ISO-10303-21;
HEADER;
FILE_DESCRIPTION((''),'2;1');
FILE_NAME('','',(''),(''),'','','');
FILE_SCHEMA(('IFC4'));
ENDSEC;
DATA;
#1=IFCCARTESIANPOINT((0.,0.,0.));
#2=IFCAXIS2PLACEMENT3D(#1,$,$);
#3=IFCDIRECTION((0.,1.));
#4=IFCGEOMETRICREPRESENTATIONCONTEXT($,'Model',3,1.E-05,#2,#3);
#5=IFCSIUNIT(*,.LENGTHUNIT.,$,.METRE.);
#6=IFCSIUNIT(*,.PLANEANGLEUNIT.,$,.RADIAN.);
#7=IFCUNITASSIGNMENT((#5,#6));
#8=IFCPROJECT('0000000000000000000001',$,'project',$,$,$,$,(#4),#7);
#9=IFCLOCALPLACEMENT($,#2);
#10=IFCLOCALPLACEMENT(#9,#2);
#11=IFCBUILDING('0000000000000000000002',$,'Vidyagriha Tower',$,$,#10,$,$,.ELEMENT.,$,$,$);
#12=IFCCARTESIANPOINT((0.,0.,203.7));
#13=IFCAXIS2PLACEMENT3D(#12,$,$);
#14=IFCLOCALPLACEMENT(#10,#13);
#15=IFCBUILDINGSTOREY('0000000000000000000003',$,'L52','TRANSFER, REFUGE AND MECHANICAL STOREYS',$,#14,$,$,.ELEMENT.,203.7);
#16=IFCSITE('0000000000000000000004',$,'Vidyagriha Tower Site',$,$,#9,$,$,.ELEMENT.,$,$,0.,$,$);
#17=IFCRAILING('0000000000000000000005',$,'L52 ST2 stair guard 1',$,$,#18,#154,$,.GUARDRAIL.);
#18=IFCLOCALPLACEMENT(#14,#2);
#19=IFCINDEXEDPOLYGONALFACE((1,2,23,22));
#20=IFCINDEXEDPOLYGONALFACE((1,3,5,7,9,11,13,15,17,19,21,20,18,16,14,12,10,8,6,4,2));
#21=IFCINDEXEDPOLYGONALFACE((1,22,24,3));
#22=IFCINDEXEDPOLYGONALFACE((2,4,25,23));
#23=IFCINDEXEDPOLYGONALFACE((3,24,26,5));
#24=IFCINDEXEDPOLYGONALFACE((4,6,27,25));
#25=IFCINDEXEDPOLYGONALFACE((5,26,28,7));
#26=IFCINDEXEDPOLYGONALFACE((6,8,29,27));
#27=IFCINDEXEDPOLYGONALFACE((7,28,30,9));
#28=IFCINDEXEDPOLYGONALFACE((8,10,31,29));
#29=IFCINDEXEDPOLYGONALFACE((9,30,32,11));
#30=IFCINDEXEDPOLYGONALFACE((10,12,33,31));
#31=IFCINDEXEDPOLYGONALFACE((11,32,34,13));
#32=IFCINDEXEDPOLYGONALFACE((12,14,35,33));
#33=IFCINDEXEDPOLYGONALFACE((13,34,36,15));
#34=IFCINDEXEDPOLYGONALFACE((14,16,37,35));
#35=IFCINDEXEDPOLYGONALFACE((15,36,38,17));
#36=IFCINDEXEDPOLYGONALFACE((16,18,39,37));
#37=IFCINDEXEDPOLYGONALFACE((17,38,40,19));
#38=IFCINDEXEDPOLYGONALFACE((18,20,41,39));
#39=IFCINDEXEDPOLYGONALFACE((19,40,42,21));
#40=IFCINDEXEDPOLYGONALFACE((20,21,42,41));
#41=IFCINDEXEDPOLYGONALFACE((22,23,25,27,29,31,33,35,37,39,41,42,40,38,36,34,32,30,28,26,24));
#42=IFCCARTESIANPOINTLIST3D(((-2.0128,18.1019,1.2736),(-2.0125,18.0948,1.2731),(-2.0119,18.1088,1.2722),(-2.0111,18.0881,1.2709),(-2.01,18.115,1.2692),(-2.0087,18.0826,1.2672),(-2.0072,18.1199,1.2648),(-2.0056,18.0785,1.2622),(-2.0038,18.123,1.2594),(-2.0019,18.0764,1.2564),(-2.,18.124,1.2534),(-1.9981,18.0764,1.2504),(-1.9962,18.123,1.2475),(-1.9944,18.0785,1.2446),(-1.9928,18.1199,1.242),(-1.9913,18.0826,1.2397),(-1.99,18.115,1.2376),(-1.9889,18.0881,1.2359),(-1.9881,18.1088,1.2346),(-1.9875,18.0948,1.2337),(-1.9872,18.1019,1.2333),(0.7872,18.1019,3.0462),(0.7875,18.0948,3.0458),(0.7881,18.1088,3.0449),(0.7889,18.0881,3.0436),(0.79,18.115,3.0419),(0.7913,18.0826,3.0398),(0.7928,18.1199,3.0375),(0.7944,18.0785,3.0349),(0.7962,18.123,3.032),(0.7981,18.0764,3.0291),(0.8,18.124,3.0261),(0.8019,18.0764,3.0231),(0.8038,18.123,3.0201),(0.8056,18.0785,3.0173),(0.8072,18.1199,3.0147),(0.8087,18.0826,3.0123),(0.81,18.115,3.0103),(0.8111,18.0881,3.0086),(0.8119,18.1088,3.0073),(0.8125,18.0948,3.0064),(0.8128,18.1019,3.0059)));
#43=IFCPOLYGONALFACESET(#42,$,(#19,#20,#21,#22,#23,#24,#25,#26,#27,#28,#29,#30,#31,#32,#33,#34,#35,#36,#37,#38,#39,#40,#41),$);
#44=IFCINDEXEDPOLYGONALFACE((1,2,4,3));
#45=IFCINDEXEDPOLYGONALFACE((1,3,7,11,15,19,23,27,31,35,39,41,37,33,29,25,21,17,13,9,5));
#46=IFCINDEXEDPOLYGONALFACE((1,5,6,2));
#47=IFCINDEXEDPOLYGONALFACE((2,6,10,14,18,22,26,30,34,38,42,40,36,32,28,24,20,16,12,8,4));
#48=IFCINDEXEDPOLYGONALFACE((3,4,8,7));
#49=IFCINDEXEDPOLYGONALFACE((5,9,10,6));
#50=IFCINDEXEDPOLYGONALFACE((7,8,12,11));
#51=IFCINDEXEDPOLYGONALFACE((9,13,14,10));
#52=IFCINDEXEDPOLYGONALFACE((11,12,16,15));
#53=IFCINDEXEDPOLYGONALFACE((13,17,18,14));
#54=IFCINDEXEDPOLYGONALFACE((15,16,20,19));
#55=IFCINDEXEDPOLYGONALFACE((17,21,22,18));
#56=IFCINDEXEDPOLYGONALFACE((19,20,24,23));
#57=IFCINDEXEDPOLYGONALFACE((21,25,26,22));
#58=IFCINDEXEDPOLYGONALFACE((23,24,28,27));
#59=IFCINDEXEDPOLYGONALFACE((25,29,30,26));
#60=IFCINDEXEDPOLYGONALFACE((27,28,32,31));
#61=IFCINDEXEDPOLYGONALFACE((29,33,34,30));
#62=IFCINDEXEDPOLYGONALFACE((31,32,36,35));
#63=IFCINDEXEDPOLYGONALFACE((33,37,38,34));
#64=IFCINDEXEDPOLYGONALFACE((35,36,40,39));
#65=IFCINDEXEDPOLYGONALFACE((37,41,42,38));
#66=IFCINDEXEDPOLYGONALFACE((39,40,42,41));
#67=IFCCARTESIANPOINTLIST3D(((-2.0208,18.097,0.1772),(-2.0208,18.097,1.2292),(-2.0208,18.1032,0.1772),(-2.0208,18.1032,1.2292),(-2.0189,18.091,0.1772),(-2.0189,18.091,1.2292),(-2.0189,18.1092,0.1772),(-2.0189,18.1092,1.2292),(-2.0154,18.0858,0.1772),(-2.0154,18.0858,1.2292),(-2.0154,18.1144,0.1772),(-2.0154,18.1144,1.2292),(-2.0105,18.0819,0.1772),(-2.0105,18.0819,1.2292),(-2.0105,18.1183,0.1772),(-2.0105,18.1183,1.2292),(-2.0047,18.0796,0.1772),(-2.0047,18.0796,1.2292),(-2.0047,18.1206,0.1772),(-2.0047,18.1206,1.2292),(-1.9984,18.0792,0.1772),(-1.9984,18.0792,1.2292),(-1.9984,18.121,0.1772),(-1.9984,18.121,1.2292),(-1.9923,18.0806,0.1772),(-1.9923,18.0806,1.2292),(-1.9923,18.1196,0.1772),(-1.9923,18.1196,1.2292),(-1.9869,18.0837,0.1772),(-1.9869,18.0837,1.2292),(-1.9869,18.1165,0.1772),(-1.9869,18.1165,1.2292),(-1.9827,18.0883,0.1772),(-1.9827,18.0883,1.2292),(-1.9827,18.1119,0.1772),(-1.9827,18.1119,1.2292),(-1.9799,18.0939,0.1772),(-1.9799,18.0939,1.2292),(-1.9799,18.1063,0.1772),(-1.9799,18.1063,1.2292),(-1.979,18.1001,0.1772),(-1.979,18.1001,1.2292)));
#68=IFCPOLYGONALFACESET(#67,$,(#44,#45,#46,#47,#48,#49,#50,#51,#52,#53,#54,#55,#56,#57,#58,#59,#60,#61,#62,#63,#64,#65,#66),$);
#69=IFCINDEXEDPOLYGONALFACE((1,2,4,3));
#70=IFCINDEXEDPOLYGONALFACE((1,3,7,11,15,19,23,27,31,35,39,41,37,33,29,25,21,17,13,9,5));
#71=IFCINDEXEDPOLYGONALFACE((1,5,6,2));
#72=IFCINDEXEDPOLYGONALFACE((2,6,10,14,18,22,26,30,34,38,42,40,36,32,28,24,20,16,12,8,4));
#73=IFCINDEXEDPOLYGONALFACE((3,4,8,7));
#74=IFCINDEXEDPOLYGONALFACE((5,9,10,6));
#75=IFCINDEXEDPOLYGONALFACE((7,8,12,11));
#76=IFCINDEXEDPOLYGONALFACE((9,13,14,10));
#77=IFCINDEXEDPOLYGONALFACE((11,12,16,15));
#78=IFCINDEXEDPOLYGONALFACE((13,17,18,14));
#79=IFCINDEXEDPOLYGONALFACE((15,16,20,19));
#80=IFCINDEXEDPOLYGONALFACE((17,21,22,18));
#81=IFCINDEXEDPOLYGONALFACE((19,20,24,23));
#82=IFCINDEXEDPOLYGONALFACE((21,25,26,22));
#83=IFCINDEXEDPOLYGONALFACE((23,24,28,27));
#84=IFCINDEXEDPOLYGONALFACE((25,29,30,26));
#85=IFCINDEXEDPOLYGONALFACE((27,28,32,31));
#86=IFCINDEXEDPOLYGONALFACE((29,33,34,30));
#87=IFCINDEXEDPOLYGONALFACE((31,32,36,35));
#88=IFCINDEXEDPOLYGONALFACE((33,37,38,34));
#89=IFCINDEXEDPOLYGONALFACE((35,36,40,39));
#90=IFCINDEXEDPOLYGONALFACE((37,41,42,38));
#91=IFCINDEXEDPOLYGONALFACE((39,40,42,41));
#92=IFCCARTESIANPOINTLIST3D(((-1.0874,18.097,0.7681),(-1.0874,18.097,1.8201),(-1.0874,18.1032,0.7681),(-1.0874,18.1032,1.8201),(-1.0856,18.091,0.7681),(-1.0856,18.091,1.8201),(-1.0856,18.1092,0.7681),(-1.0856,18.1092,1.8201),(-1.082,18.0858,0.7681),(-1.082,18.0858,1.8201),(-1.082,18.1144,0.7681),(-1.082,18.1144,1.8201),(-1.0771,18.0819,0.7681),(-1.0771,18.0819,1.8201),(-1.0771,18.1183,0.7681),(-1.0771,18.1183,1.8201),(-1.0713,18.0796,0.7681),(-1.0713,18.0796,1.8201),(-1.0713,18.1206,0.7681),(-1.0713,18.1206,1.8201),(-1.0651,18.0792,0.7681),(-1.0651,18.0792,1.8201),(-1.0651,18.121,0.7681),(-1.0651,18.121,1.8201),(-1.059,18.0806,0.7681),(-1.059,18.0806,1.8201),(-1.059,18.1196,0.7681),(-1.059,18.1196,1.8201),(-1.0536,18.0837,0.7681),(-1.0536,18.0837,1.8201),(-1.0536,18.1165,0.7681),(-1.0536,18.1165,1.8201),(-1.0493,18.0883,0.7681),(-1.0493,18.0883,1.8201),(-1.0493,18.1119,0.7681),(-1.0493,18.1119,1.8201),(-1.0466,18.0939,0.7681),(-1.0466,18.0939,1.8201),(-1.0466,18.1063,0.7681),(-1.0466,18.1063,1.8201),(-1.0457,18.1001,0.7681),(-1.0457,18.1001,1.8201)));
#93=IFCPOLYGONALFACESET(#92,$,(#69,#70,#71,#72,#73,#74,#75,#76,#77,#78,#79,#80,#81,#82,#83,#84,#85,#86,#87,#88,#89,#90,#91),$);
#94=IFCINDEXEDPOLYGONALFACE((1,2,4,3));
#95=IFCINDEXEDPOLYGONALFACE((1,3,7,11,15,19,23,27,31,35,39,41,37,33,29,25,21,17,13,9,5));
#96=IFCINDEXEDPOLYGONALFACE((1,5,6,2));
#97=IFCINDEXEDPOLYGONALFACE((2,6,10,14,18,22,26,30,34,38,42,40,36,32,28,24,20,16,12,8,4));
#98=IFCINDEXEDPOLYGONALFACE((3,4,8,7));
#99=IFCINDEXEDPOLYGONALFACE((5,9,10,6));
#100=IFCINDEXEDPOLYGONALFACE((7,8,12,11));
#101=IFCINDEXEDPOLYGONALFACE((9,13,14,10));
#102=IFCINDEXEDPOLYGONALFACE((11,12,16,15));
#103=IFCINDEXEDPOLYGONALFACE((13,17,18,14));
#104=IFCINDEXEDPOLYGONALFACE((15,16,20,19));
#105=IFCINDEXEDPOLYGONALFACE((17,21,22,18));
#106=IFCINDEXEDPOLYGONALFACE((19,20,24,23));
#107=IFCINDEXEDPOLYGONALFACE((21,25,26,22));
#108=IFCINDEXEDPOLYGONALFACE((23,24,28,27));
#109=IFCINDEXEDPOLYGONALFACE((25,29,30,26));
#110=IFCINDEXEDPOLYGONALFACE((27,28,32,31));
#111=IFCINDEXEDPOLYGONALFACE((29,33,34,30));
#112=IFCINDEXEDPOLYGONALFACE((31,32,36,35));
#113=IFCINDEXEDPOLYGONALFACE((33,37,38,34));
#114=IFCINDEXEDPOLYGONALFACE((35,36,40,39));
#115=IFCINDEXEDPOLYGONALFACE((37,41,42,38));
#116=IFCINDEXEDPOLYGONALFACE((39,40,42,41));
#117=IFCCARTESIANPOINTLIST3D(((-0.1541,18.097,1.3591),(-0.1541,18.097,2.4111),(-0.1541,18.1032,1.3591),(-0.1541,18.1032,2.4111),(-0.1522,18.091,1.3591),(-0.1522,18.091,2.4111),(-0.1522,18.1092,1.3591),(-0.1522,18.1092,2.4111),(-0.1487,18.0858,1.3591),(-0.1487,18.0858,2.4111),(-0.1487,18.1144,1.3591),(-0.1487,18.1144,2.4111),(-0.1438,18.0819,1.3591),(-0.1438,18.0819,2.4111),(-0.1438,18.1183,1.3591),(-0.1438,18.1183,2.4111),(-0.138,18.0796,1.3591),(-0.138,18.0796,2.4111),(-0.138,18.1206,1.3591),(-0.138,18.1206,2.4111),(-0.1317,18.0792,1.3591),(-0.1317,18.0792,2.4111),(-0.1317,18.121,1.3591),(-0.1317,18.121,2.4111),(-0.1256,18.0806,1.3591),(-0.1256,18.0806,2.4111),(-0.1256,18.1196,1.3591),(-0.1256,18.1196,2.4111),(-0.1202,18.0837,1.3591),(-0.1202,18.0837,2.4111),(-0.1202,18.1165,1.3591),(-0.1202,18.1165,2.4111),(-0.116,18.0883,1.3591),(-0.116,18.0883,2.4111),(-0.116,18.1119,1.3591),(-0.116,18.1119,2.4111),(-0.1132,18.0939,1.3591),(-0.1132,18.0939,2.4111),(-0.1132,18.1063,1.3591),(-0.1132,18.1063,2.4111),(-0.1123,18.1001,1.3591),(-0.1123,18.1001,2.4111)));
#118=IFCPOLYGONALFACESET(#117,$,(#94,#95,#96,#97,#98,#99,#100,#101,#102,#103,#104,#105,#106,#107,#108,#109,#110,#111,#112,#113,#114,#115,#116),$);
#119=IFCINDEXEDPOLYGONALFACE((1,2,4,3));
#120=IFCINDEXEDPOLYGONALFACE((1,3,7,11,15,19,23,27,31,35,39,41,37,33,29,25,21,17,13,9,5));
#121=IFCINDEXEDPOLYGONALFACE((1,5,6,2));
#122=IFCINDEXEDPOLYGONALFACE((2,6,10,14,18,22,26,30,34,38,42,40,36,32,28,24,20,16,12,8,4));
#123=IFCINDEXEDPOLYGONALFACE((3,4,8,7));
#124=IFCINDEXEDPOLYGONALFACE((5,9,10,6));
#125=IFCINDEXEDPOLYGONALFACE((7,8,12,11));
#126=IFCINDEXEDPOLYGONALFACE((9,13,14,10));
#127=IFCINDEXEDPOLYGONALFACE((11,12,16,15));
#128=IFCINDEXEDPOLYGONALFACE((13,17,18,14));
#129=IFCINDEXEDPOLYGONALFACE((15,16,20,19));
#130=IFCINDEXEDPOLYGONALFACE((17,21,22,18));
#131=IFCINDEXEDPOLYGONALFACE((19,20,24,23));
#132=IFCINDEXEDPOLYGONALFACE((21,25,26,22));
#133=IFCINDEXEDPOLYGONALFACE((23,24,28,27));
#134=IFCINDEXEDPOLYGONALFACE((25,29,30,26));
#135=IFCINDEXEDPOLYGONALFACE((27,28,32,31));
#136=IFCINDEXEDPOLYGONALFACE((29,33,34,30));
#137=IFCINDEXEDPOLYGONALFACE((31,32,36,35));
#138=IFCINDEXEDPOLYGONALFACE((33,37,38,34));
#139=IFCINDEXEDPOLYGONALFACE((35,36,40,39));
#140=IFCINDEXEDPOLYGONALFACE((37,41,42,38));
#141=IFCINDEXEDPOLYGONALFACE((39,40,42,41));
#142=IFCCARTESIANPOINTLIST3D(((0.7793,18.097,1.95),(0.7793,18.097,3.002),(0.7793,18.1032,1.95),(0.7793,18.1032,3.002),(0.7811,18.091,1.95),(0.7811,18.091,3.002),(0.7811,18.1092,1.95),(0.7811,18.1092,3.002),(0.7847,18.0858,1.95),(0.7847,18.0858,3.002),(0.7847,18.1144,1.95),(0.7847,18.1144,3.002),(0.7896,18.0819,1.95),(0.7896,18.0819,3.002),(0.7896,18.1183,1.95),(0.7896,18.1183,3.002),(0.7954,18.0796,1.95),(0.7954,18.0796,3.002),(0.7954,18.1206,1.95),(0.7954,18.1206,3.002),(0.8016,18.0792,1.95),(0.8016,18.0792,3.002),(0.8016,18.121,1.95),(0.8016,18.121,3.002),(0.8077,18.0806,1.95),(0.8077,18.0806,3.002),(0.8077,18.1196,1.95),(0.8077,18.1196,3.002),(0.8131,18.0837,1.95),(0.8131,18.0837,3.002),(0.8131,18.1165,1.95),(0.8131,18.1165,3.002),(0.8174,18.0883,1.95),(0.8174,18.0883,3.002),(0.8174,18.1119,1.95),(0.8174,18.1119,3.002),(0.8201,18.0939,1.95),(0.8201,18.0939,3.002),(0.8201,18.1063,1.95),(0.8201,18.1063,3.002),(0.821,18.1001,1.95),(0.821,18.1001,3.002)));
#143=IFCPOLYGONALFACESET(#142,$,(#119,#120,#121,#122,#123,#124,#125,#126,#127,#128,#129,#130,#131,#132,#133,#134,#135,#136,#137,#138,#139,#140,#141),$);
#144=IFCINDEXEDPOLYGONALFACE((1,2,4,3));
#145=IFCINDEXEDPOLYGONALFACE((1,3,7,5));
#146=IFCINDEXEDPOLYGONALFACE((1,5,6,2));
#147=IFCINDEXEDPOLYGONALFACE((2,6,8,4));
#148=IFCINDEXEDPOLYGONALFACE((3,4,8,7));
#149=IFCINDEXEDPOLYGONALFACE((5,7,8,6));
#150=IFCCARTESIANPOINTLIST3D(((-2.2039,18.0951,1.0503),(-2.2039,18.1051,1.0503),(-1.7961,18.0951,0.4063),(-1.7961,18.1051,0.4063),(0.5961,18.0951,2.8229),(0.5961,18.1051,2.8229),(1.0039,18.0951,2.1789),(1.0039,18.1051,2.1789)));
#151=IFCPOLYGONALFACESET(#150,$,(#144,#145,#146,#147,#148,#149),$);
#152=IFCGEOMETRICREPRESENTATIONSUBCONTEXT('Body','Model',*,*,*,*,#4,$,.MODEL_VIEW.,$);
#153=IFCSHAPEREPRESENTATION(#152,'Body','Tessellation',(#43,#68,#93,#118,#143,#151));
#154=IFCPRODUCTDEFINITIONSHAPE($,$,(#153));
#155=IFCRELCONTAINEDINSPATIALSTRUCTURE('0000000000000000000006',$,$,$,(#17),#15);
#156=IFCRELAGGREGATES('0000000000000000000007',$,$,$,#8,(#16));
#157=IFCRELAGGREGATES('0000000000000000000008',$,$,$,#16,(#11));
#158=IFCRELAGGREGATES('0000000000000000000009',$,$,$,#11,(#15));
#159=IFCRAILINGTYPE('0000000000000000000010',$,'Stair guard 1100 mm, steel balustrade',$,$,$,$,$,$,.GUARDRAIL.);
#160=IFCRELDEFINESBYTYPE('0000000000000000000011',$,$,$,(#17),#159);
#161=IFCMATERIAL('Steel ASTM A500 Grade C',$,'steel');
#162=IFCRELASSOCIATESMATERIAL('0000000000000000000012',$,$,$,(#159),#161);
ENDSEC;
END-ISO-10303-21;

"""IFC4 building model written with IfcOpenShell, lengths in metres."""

from ifc_helpers import new_model, si_unit, direction, frame, origin, origin_2d, place, context, subcontext, project, spatial, rectangle, circle, extrude, material, type_object, element, save


model = new_model("IFC4")

# Units and contexts
model_context = context("Model", 3, precision=1e-05, world=origin(), true_north=direction((0.0, 1.0)))
body_context = subcontext(model_context, "Body", "Model", "MODEL_VIEW")
ifc_project = project(units=[si_unit("LENGTHUNIT", "METRE"), si_unit("PLANEANGLEUNIT", "RADIAN")], contexts=[model_context])

# Site, building, storey
site_placement = place(None, origin())
site = spatial("IfcSite", under=ifc_project, at=site_placement, Name="Vidyagriha Tower Site", CompositionType="ELEMENT", RefElevation=0.0)
building_placement = place(site_placement, origin())
building = spatial("IfcBuilding", under=site, at=building_placement, Name="Vidyagriha Tower", CompositionType="ELEMENT")
storey_placement = place(building_placement, frame((0.0, 0.0, 203.7)))
storey = spatial("IfcBuildingStorey", under=building, at=storey_placement, Name="L52", Description="TRANSFER, REFUGE AND MECHANICAL STOREYS", CompositionType="ELEMENT", Elevation=203.7)

# Railing
ifc_material_1 = material(Name="Steel ASTM A500 Grade C", Category="steel")
railing_type_1 = type_object("IfcRailingType", Name="Stair guard 1100 mm, steel balustrade", PredefinedType="GUARDRAIL", material=ifc_material_1)
railing_1_placement = place(storey_placement, frame((-2.0, 18.1001, 0.1772)))
element("IfcRailing", 1, at=railing_1_placement, inside=storey, type_object=railing_type_1, Name="L52 ST2 stair guard 1", PredefinedType="GUARDRAIL", context=body_context, shape_type="SweptSolid", body=[
    extrude(circle(Radius=0.0239, at=origin_2d()), frame((0.0, 0.0, 1.0762), z_axis=(0.844909, 0.0, 0.53491), x_axis=(0.0, 1.0, 0.0)), (0.0, 0.0, 1.0), 3.314),
    extrude(circle(Radius=0.021, at=origin_2d()), origin(), (0.0, 0.0, 1.0), 1.052),
    extrude(circle(Radius=0.021, at=origin_2d()), frame((0.9333, 0.0, 0.5908)), (0.0, 0.0, 1.0), 1.052),
    extrude(circle(Radius=0.021, at=origin_2d()), frame((1.8667, 0.0, 1.1819)), (0.0, 0.0, 1.0), 1.052),
    extrude(circle(Radius=0.021, at=origin_2d()), frame((2.8, 0.0, 1.7727)), (0.0, 0.0, 1.0), 1.052),
    extrude(rectangle(XDim=0.01, YDim=0.7622, at=origin_2d()), frame((0.0, 0.0, 0.551), z_axis=(0.844909, 0.0, 0.53491), x_axis=(0.0, 1.0, 0.0)), (0.0, 0.0, 1.0), 3.314),
])

save(model, "model.ifc")
